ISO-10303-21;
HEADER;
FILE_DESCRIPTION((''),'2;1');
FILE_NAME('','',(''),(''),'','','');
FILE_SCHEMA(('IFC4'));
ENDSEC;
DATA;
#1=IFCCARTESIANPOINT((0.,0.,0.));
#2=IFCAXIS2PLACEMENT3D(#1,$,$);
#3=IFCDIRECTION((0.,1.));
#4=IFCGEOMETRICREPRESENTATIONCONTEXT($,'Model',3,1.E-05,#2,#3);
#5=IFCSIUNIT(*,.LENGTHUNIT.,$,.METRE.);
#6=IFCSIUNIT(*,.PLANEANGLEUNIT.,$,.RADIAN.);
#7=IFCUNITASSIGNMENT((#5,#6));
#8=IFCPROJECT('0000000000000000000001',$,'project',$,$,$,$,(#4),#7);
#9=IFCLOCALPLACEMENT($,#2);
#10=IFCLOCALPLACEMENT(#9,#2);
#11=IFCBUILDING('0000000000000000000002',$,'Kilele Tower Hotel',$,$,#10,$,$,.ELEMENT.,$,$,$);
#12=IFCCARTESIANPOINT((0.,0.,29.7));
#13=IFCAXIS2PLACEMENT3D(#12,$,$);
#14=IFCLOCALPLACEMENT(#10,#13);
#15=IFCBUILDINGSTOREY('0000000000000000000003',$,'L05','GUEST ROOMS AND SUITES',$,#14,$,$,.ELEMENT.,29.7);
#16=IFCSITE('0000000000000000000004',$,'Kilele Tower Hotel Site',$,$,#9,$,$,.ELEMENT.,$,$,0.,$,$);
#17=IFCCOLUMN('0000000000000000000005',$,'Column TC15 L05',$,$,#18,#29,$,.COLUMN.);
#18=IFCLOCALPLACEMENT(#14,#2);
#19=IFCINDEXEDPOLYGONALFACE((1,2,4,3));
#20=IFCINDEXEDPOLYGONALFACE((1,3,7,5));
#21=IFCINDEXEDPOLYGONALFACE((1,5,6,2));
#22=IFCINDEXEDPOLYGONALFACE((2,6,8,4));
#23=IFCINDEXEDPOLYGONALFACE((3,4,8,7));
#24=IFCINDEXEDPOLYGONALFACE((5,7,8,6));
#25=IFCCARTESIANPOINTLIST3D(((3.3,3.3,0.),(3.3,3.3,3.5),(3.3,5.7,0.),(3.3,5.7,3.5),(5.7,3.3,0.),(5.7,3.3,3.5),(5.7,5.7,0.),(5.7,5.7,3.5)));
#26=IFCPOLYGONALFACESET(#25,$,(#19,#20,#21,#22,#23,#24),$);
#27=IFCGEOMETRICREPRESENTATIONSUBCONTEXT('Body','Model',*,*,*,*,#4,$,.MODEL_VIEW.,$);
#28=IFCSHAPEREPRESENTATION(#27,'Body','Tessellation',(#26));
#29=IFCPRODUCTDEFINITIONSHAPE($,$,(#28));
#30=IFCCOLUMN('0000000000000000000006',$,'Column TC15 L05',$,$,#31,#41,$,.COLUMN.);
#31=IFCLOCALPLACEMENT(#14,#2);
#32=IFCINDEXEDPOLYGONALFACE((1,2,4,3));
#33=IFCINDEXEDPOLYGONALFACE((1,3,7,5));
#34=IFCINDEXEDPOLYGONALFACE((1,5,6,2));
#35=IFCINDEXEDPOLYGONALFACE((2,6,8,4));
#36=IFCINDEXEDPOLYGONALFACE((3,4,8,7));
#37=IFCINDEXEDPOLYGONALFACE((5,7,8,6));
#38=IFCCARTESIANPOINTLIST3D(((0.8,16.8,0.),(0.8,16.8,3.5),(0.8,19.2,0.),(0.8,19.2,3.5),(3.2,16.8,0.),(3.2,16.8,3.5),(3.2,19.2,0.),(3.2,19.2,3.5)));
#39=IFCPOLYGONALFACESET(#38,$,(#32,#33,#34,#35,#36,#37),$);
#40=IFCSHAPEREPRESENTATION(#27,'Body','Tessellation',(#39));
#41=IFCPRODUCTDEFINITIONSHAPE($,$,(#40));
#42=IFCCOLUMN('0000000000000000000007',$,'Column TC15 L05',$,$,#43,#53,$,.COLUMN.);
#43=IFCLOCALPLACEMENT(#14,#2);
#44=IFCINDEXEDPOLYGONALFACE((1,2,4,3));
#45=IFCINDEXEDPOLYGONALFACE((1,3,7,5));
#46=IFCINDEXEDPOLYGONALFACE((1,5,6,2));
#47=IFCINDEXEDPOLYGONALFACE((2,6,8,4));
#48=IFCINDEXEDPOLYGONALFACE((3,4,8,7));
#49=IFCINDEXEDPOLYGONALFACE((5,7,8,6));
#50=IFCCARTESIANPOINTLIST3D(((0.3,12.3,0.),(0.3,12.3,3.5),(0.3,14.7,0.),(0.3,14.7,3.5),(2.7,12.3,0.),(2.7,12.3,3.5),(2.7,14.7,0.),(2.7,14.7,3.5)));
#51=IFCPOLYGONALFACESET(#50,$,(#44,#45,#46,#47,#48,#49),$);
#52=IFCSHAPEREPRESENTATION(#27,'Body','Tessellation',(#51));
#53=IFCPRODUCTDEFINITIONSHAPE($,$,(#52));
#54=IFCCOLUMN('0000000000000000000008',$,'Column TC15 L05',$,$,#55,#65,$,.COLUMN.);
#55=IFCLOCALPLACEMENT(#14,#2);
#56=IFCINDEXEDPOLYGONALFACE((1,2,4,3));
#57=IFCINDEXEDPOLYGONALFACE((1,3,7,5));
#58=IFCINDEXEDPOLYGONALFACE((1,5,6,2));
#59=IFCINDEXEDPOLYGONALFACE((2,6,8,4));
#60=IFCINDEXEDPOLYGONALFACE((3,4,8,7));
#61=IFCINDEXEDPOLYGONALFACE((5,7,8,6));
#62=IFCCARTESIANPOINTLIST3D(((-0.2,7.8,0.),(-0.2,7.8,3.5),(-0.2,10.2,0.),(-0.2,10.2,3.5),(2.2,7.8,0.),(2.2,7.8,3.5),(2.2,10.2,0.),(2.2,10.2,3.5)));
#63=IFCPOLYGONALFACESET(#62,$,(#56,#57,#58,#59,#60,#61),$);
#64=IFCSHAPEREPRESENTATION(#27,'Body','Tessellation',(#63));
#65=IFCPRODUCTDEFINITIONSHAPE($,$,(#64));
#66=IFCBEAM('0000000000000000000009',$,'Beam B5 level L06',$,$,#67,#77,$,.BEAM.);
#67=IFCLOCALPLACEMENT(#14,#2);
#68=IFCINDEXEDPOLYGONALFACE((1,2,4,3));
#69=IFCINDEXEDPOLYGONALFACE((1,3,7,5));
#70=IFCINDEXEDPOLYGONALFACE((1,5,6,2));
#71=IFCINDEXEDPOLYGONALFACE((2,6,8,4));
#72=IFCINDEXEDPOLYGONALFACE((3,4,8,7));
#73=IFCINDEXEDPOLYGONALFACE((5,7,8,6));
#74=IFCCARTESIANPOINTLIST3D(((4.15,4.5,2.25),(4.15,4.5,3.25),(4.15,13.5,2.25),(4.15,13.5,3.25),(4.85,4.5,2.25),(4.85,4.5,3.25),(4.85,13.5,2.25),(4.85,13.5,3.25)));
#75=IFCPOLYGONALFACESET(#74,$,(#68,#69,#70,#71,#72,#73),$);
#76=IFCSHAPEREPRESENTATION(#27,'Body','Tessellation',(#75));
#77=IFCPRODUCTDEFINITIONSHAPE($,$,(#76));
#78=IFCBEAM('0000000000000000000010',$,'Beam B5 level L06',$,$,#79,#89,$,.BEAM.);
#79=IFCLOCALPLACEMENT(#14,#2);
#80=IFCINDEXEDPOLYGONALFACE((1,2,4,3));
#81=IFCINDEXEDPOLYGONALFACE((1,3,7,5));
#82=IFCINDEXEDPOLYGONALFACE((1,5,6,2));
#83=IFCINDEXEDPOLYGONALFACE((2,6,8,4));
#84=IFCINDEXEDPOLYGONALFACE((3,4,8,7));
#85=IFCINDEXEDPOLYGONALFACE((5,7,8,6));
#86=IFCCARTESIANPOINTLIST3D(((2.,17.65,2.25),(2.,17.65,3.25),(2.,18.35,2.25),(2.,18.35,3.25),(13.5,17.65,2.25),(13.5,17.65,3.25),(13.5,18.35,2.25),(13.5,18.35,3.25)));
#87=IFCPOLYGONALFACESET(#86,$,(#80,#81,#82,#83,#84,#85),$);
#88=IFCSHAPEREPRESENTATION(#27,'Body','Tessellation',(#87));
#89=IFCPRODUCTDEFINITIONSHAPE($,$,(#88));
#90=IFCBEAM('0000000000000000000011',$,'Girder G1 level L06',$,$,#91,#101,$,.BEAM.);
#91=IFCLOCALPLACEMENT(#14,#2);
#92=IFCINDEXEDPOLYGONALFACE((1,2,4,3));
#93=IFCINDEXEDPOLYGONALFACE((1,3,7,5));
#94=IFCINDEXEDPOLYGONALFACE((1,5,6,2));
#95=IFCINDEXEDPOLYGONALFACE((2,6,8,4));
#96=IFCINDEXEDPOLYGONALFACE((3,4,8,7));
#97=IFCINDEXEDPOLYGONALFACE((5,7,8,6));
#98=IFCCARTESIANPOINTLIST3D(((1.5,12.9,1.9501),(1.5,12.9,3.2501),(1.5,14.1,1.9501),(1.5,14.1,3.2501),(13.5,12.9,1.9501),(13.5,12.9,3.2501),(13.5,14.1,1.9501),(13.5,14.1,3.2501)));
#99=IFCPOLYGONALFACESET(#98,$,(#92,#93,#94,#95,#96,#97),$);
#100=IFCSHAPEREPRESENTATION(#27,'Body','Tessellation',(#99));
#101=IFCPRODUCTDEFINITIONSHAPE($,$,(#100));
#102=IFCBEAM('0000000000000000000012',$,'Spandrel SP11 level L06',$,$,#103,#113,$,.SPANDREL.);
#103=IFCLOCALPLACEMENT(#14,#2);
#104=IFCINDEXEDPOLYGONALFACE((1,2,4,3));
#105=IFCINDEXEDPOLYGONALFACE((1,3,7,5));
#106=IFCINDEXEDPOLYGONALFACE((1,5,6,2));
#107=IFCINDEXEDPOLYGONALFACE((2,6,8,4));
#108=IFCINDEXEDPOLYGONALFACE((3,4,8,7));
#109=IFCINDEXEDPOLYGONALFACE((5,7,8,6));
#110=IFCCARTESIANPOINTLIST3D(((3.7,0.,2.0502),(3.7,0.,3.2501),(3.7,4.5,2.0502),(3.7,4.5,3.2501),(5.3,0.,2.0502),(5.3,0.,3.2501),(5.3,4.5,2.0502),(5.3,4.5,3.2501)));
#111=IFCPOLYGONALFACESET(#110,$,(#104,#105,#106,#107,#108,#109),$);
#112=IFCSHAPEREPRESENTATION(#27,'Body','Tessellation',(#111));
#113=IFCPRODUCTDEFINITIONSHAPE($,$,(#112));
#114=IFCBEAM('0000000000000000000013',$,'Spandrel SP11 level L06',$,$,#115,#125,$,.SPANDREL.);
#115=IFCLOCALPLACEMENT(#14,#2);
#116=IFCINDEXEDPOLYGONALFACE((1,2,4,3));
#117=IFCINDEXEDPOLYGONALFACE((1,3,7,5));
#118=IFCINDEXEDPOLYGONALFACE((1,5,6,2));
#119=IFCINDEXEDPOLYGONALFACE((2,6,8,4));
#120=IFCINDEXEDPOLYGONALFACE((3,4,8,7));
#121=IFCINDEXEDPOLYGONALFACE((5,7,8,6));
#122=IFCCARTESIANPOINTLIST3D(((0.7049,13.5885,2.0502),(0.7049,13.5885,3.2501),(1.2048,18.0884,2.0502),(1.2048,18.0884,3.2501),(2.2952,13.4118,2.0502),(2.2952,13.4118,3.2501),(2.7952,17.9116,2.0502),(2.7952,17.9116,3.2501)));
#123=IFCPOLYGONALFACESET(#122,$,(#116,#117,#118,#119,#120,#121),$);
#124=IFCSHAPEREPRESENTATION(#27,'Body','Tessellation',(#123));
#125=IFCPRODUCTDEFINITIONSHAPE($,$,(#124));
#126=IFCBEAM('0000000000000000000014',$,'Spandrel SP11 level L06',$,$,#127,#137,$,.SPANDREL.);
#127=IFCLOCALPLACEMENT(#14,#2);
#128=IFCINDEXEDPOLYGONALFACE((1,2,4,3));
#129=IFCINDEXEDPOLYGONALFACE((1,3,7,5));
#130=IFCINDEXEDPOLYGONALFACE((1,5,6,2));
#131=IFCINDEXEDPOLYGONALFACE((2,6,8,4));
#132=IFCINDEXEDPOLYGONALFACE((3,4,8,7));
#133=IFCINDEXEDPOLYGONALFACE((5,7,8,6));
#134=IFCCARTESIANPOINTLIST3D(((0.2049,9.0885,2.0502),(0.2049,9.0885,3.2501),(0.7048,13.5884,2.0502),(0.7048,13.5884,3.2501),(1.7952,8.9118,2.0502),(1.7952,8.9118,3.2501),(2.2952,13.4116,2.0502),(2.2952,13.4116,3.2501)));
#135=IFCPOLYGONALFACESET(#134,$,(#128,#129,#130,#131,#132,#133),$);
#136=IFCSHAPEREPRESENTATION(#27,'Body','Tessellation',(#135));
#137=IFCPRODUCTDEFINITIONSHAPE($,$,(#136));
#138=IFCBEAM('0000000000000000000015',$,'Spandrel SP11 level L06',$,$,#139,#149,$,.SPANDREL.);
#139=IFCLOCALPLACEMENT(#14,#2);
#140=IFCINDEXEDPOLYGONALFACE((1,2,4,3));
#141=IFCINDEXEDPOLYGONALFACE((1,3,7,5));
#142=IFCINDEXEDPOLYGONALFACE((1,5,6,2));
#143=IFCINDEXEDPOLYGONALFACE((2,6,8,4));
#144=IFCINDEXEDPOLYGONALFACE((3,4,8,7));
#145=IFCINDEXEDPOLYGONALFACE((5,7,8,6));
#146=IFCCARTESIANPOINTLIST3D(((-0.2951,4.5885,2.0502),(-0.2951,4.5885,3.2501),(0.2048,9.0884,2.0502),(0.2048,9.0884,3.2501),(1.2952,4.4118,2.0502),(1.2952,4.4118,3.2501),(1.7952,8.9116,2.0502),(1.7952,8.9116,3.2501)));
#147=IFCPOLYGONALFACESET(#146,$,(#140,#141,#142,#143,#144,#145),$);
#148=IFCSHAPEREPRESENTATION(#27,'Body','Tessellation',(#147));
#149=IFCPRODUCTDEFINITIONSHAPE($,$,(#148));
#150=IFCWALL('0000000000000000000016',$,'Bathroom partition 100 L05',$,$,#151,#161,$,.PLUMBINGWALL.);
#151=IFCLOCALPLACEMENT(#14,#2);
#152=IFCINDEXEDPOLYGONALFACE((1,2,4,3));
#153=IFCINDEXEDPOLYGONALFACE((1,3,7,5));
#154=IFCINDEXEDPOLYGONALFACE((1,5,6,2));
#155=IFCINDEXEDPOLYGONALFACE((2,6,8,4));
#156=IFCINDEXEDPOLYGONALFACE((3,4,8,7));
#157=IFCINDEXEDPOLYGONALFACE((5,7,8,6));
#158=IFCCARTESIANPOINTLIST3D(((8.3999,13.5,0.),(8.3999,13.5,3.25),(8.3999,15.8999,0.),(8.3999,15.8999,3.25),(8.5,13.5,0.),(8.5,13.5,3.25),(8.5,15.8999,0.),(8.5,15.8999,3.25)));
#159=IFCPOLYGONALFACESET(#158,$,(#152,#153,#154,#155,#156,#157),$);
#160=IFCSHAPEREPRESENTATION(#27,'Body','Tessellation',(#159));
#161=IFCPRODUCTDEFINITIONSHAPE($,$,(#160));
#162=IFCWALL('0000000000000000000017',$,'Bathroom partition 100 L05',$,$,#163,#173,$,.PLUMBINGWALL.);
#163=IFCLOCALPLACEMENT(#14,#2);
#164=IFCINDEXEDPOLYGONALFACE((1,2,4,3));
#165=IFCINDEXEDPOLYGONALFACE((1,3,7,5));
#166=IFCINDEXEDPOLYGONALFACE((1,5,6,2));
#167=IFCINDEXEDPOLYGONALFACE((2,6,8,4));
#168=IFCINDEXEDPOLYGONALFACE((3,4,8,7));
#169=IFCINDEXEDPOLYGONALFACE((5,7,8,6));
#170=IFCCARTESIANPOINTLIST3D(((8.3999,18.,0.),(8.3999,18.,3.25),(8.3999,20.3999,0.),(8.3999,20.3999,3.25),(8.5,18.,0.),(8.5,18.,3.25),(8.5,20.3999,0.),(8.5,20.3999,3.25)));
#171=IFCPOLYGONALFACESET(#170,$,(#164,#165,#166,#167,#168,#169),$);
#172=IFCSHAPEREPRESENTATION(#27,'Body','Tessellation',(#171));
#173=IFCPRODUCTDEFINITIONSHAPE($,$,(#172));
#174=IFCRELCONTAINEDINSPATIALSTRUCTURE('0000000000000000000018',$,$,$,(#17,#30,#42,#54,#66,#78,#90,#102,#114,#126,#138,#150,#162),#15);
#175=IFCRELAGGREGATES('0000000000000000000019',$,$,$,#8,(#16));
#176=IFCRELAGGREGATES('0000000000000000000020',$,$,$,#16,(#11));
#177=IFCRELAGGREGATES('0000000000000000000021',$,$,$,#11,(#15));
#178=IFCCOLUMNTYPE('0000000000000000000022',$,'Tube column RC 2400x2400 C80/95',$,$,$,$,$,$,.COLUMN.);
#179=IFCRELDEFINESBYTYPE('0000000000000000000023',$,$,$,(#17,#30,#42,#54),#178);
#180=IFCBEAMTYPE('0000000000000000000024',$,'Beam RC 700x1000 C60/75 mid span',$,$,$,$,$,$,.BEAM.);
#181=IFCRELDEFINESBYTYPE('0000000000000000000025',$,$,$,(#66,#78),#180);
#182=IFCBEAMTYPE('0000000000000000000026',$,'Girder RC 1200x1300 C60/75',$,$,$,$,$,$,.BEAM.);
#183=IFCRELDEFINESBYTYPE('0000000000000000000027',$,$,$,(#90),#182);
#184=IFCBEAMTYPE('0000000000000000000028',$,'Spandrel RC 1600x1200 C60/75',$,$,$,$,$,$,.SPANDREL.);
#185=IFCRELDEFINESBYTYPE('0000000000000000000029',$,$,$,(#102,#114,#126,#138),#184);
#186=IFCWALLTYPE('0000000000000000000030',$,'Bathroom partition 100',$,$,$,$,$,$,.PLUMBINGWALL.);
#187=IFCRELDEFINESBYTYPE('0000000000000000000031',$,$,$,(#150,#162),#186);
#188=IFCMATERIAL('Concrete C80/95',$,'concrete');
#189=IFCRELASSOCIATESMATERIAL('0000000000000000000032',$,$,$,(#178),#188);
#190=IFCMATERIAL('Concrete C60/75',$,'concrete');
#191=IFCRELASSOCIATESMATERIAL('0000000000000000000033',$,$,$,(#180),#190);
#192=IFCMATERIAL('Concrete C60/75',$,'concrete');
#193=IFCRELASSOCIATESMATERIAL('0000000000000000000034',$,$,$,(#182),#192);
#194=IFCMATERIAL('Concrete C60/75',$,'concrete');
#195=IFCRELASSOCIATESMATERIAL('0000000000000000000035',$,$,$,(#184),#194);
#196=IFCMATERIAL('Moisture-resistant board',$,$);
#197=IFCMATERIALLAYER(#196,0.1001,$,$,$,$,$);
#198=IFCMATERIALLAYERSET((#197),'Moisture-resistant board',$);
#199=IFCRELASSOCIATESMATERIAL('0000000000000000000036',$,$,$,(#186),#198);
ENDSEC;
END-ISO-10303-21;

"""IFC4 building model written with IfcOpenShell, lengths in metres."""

from ifc_helpers import new_model, si_unit, direction, frame, frame_2d, origin, origin_2d, place, context, subcontext, project, spatial, rectangle, extrude, material, layer, layer_set, material_profile, profile_set, type_object, element, save


model = new_model("IFC4")

# Units and contexts
model_context = context("Model", 3, precision=1e-05, world=origin(), true_north=direction((0.0, 1.0)))
body_context = subcontext(model_context, "Body", "Model", "MODEL_VIEW")
ifc_project = project(units=[si_unit("LENGTHUNIT", "METRE"), si_unit("PLANEANGLEUNIT", "RADIAN")], contexts=[model_context])

# Site, building, storey
site_placement = place(None, origin())
site = spatial("IfcSite", under=ifc_project, at=site_placement, Name="Kilele Tower Hotel Site", CompositionType="ELEMENT", RefElevation=0.0)
building_placement = place(site_placement, origin())
building = spatial("IfcBuilding", under=site, at=building_placement, Name="Kilele Tower Hotel", CompositionType="ELEMENT")
storey_placement = place(building_placement, frame((0.0, 0.0, 29.7)))
storey = spatial("IfcBuildingStorey", under=building, at=storey_placement, Name="L05", Description="GUEST ROOMS AND SUITES", CompositionType="ELEMENT", Elevation=29.7)

# Columns
ifc_material_1 = material(Name="Concrete C80/95", Category="concrete")
ifc_material_profile_1 = material_profile(ifc_material_1, rectangle(XDim=2.3999, YDim=2.3999, at=origin_2d()))
ifc_profile_set_1 = profile_set([ifc_material_profile_1], Name="Concrete C80/95")
column_type = type_object("IfcColumnType", Name="Tube column RC 2400x2400 C80/95", PredefinedType="COLUMN", material=ifc_profile_set_1)
for number, where, z_axis, x_axis, name in (
    (1, (4.5, 4.5, 0.0), (0.0, 0.0, 1.0), (1.0, 0.0, 0.0), "Column TC15 L05"),
    (2, (2.0, 18.0, 0.0), (0.0, 0.0, 1.0), (1.0, 0.0, 0.0), "Column TC15 L05"),
    (3, (1.5, 13.5, 0.0), (0.0, 0.0, 1.0), (1.0, 0.0, 0.0), "Column TC15 L05"),
    (4, (1.0, 9.0, 0.0), (0.0, 0.0, 1.0), (1.0, 0.0, 0.0), "Column TC15 L05"),
):
    element("IfcColumn", number, at=place(storey_placement, frame(where, z_axis=z_axis, x_axis=x_axis)), inside=storey, type_object=column_type, Name=name, PredefinedType="COLUMN", context=body_context, shape_type="SweptSolid", body=[
        extrude(rectangle(XDim=2.3999, YDim=2.3999, at=origin_2d()), origin(), (0.0, 0.0, 1.0), 3.5),
    ])

# Beams
ifc_material_2 = material(Name="Concrete C60/75", Category="concrete")
ifc_material_profile_2 = material_profile(ifc_material_2, rectangle(XDim=0.7, YDim=1.0, at=origin_2d()))
ifc_profile_set_2 = profile_set([ifc_material_profile_2], Name="Concrete C60/75")
beam_type_1 = type_object("IfcBeamType", Name="Beam RC 700x1000 C60/75 mid span", PredefinedType="BEAM", material=ifc_profile_set_2)
beam_1_placement = place(storey_placement, frame((4.5, 4.5, 2.75), z_axis=(0.0, 1.0, 0.0), x_axis=(-1.0, 0.0, 0.0)))
element("IfcBeam", 5, at=beam_1_placement, inside=storey, type_object=beam_type_1, Name="Beam B5 level L06", PredefinedType="BEAM", context=body_context, shape_type="SweptSolid", body=[
    extrude(rectangle(XDim=0.7, YDim=1.0, at=origin_2d()), origin(), (0.0, 0.0, 1.0), 9.0),
])
beam_2_placement = place(storey_placement, frame((2.0, 18.0, 2.75), z_axis=(1.0, 0.0, 0.0), x_axis=(0.0, 1.0, 0.0)))
element("IfcBeam", 6, at=beam_2_placement, inside=storey, type_object=beam_type_1, Name="Beam B5 level L06", PredefinedType="BEAM", context=body_context, shape_type="SweptSolid", body=[
    extrude(rectangle(XDim=0.7, YDim=1.0, at=origin_2d()), origin(), (0.0, 0.0, 1.0), 11.5),
])
ifc_material_3 = material(Name="Concrete C60/75", Category="concrete")
ifc_material_profile_3 = material_profile(ifc_material_3, rectangle(XDim=1.2, YDim=1.3, at=origin_2d()))
ifc_profile_set_3 = profile_set([ifc_material_profile_3], Name="Concrete C60/75")
beam_type_2 = type_object("IfcBeamType", Name="Girder RC 1200x1300 C60/75", PredefinedType="BEAM", material=ifc_profile_set_3)
beam_3_placement = place(storey_placement, frame((1.5, 13.5, 2.6001), z_axis=(1.0, 0.0, 0.0), x_axis=(0.0, 1.0, 0.0)))
element("IfcBeam", 7, at=beam_3_placement, inside=storey, type_object=beam_type_2, Name="Girder G1 level L06", PredefinedType="BEAM", context=body_context, shape_type="SweptSolid", body=[
    extrude(rectangle(XDim=1.2, YDim=1.3, at=origin_2d()), origin(), (0.0, 0.0, 1.0), 12.0),
])
ifc_material_4 = material(Name="Concrete C60/75", Category="concrete")
ifc_material_profile_4 = material_profile(ifc_material_4, rectangle(XDim=1.6001, YDim=1.2, at=origin_2d()))
ifc_profile_set_4 = profile_set([ifc_material_profile_4], Name="Concrete C60/75")
beam_type_3 = type_object("IfcBeamType", Name="Spandrel RC 1600x1200 C60/75", PredefinedType="SPANDREL", material=ifc_profile_set_4)
beam_4_placement = place(storey_placement, frame((4.5, 4.5, 2.6501), z_axis=(0.0, -1.0, 0.0), x_axis=(1.0, 0.0, 0.0)))
element("IfcBeam", 8, at=beam_4_placement, inside=storey, type_object=beam_type_3, Name="Spandrel SP11 level L06", PredefinedType="SPANDREL", context=body_context, shape_type="SweptSolid", body=[
    extrude(rectangle(XDim=1.6001, YDim=1.2, at=origin_2d()), origin(), (0.0, 0.0, 1.0), 4.5),
])
for number, where, z_axis, x_axis, name in (
    (9, (2.0, 18.0, 2.6501), (-0.110432, -0.993884, 0.0), (0.993884, -0.110432, 0.0), "Spandrel SP11 level L06"),
    (10, (1.5, 13.5, 2.6501), (-0.110432, -0.993884, 0.0), (0.993884, -0.110432, 0.0), "Spandrel SP11 level L06"),
    (11, (1.0, 9.0, 2.6501), (-0.110432, -0.993884, 0.0), (0.993884, -0.110432, 0.0), "Spandrel SP11 level L06"),
):
    element("IfcBeam", number, at=place(storey_placement, frame(where, z_axis=z_axis, x_axis=x_axis)), inside=storey, type_object=beam_type_3, Name=name, PredefinedType="SPANDREL", context=body_context, shape_type="SweptSolid", body=[
        extrude(rectangle(XDim=1.6001, YDim=1.2, at=origin_2d()), origin(), (0.0, 0.0, 1.0), 4.5276),
    ])

# Walls
ifc_material_5 = material(Name="Moisture-resistant board")
ifc_layer_1 = layer(ifc_material_5, 0.1001)
ifc_layer_set_1 = layer_set([ifc_layer_1], Name="Moisture-resistant board")
wall_type_1 = type_object("IfcWallType", Name="Bathroom partition 100", PredefinedType="PLUMBINGWALL", material=ifc_layer_set_1)
for number, where, z_axis, x_axis, name in (
    (12, (8.45, 13.5, 0.0), (0.0, 0.0, 1.0), (0.0, 1.0, 0.0), "Bathroom partition 100 L05"),
    (13, (8.45, 18.0, 0.0), (0.0, 0.0, 1.0), (0.0, 1.0, 0.0), "Bathroom partition 100 L05"),
):
    element("IfcWall", number, at=place(storey_placement, frame(where, z_axis=z_axis, x_axis=x_axis)), inside=storey, type_object=wall_type_1, Name=name, PredefinedType="PLUMBINGWALL", context=body_context, shape_type="SweptSolid", body=[
        extrude(rectangle(XDim=2.3999, YDim=0.1001, at=frame_2d((1.2, 0.0))), origin(), (0.0, 0.0, 1.0), 3.25),
    ])

save(model, "model.ifc")
